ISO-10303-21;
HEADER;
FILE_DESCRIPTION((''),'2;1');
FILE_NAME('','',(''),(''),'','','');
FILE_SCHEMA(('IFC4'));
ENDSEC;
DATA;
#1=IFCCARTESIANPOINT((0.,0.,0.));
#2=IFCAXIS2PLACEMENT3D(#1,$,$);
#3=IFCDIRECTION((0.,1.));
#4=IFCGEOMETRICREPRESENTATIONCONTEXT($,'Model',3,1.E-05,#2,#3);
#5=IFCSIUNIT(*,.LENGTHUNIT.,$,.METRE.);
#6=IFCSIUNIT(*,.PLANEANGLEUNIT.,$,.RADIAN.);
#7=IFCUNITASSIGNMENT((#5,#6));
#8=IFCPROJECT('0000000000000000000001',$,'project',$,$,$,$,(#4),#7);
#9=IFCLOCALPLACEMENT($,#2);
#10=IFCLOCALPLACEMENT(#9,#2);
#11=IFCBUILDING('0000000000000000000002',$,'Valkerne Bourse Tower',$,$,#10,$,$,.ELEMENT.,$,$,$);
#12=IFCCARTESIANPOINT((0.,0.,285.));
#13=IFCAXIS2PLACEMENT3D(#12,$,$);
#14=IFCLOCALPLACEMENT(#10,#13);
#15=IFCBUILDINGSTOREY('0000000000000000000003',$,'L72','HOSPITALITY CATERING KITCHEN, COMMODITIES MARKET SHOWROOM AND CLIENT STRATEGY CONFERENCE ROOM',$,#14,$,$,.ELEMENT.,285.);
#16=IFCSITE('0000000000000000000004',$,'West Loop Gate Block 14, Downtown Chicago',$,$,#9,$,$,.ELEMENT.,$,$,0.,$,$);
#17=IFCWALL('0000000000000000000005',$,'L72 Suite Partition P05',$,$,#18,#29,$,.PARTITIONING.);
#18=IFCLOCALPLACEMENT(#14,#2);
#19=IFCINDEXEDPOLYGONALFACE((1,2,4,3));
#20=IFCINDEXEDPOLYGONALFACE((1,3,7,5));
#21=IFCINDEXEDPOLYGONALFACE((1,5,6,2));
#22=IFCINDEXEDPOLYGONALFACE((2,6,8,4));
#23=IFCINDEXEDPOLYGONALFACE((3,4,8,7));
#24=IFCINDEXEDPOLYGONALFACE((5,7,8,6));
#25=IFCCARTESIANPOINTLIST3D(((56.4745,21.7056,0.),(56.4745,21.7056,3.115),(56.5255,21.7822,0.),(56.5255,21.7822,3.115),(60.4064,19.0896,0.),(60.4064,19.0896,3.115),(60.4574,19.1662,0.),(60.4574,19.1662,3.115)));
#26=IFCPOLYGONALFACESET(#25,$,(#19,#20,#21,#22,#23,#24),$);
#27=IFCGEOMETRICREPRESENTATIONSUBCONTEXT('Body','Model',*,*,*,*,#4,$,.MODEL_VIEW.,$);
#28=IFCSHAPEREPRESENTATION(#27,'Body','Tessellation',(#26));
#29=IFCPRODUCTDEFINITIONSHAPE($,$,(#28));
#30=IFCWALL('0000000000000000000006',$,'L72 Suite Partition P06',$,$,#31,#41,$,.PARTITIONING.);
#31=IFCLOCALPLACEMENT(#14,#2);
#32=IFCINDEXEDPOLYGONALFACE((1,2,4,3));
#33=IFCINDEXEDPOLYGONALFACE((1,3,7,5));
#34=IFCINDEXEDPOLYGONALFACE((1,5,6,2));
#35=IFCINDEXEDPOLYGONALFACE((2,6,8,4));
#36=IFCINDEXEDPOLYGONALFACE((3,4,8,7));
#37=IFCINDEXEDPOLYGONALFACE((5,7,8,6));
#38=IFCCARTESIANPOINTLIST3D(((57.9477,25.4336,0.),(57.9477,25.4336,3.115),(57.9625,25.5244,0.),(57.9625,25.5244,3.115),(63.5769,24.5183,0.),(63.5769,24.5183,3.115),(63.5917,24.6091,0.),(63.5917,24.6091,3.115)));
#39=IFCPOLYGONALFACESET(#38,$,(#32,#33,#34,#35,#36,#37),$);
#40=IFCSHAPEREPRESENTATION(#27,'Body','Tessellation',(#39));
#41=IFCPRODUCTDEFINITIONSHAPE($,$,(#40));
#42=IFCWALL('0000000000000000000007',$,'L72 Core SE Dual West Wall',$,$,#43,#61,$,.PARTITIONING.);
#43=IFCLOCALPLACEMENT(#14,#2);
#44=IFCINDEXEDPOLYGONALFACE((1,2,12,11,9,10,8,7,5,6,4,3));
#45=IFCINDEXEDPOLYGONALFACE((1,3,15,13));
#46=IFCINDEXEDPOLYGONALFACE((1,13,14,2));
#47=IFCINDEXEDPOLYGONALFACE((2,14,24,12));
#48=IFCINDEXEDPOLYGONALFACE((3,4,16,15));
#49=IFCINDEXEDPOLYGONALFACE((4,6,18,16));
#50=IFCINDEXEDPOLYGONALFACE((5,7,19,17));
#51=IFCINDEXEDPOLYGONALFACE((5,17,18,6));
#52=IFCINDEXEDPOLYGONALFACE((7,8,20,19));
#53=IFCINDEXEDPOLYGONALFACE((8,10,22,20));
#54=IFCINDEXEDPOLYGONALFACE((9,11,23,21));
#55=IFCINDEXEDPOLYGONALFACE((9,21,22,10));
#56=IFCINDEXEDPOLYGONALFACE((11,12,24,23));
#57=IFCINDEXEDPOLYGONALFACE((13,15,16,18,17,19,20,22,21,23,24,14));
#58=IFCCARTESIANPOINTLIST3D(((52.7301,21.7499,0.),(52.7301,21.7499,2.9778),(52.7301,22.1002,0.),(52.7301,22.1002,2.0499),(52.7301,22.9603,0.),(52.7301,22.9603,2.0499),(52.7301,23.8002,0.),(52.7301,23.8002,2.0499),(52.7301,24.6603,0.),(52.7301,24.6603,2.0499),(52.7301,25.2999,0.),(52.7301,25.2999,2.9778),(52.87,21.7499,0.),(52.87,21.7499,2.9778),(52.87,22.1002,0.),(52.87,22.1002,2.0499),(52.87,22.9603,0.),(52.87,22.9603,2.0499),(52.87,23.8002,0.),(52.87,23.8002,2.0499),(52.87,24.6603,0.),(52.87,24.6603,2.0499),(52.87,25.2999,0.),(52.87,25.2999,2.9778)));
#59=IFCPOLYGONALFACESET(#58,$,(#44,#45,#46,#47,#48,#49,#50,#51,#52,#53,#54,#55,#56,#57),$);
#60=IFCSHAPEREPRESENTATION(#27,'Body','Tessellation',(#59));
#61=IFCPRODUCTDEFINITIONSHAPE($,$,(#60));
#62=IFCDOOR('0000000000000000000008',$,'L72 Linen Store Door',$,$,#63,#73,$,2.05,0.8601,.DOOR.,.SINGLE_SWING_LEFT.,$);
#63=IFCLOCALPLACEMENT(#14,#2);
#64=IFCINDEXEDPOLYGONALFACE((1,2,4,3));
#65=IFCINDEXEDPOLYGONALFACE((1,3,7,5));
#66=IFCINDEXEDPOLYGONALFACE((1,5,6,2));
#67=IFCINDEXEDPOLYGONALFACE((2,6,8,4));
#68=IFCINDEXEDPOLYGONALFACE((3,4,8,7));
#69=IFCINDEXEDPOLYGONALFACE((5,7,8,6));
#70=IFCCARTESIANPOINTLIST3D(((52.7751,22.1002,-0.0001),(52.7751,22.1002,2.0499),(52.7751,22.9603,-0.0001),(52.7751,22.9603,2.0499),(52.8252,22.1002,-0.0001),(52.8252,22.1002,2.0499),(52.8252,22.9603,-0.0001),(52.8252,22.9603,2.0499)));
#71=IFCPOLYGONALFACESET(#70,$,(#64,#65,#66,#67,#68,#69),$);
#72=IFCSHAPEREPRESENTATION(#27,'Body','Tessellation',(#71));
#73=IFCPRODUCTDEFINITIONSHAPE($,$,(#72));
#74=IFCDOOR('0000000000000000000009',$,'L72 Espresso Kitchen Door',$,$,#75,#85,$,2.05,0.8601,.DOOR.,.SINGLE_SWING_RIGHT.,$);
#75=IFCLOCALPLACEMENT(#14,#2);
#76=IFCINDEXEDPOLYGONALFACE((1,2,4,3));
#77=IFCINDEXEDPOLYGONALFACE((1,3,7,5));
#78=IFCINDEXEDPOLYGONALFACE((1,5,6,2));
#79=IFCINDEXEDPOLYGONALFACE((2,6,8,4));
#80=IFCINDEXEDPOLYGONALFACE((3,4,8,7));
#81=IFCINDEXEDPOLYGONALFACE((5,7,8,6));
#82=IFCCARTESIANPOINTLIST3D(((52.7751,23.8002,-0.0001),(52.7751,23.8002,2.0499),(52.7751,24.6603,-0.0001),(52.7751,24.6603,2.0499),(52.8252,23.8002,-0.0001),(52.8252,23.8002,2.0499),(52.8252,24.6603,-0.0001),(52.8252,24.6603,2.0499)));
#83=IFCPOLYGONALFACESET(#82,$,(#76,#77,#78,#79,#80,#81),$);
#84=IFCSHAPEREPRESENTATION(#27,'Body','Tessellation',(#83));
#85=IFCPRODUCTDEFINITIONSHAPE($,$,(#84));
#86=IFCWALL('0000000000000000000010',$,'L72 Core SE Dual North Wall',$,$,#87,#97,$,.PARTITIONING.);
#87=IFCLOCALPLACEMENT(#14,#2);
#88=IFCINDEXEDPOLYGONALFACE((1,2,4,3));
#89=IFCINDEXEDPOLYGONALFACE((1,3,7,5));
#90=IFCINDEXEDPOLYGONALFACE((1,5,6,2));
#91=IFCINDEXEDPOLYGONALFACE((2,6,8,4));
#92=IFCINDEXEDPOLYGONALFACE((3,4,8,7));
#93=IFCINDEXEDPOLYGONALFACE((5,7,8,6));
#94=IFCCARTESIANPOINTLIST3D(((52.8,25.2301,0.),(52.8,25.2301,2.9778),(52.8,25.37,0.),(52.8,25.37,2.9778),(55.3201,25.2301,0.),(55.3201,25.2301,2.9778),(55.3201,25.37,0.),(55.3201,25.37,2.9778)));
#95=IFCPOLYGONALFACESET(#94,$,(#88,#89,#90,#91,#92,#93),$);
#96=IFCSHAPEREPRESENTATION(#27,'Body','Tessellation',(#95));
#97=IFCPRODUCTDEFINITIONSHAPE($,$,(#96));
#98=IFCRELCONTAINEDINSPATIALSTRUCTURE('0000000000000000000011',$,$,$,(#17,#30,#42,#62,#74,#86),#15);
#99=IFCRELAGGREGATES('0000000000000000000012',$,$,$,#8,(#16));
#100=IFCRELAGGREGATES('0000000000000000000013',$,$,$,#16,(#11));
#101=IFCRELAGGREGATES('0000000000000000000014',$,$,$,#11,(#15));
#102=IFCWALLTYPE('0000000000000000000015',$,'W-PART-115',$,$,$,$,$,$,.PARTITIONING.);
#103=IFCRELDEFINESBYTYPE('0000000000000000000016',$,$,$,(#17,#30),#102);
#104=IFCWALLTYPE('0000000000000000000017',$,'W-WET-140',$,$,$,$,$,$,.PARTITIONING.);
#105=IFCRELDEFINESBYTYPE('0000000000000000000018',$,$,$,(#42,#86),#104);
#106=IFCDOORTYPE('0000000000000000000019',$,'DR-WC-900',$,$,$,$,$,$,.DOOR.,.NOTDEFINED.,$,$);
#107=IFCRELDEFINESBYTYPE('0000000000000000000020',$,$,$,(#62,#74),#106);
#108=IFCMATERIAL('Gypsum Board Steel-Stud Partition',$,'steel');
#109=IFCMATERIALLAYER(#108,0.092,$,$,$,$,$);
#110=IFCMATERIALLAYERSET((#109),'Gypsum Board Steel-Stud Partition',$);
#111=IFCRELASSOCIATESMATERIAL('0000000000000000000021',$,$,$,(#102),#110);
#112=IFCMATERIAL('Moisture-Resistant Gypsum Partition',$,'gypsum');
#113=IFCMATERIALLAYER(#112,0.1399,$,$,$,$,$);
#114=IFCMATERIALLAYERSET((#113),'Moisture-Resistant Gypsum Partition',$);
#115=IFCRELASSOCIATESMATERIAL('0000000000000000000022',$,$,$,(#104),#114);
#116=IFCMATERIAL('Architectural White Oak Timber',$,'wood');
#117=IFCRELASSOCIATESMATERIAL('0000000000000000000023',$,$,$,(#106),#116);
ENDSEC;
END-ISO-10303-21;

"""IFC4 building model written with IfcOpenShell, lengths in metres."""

from ifc_helpers import new_model, si_unit, direction, frame, frame_2d, origin, place, context, subcontext, project, spatial, rectangle, extrude, material, layer, layer_set, type_object, element, fill, save


model = new_model("IFC4")

# Units and contexts
model_context = context("Model", 3, precision=1e-05, world=origin(), true_north=direction((0.0, 1.0)))
body_context = subcontext(model_context, "Body", "Model", "MODEL_VIEW")
ifc_project = project(units=[si_unit("LENGTHUNIT", "METRE"), si_unit("PLANEANGLEUNIT", "RADIAN")], contexts=[model_context])

# Site, building, storey
site_placement = place(None, origin())
site = spatial("IfcSite", under=ifc_project, at=site_placement, Name="West Loop Gate Block 14, Downtown Chicago", CompositionType="ELEMENT", RefElevation=0.0)
building_placement = place(site_placement, origin())
building = spatial("IfcBuilding", under=site, at=building_placement, Name="Valkerne Bourse Tower", CompositionType="ELEMENT")
storey_placement = place(building_placement, frame((0.0, 0.0, 285.0)))
storey = spatial("IfcBuildingStorey", under=building, at=storey_placement, Name="L72", Description="HOSPITALITY CATERING KITCHEN, COMMODITIES MARKET SHOWROOM AND CLIENT STRATEGY CONFERENCE ROOM", CompositionType="ELEMENT", Elevation=285.0)

# Shared definitions
ifc_material_1 = material(Name="Gypsum Board Steel-Stud Partition", Category="steel")

# Walls
ifc_layer_1 = layer(ifc_material_1, 0.092)
ifc_layer_set_1 = layer_set([ifc_layer_1], Name="Gypsum Board Steel-Stud Partition")
wall_type_1 = type_object("IfcWallType", Name="W-PART-115", PredefinedType="PARTITIONING", material=ifc_layer_set_1)
wall_1_placement = place(storey_placement, frame((56.5, 21.7439, 0.0), z_axis=(0.0, 0.0, 1.0), x_axis=(0.832567, -0.553925, 0.0)))
element("IfcWall", 1, at=wall_1_placement, inside=storey, type_object=wall_type_1, Name="L72 Suite Partition P05", PredefinedType="PARTITIONING", context=body_context, shape_type="SweptSolid", body=[
    extrude(rectangle(XDim=4.7227, YDim=0.092, at=frame_2d((2.3613, 0.0))), origin(), (0.0, 0.0, 1.0), 3.115),
])
wall_2_placement = place(storey_placement, frame((57.9551, 25.479, 0.0), z_axis=(0.0, 0.0, 1.0), x_axis=(0.987038, -0.160489, 0.0)))
element("IfcWall", 2, at=wall_2_placement, inside=storey, type_object=wall_type_1, Name="L72 Suite Partition P06", PredefinedType="PARTITIONING", context=body_context, shape_type="SweptSolid", body=[
    extrude(rectangle(XDim=5.7031, YDim=0.092, at=frame_2d((2.8516, 0.0))), origin(), (0.0, 0.0, 1.0), 3.115),
])

# Wall, openings, doors
ifc_material_2 = material(Name="Moisture-Resistant Gypsum Partition", Category="gypsum")
ifc_layer_2 = layer(ifc_material_2, 0.1399)
ifc_layer_set_2 = layer_set([ifc_layer_2], Name="Moisture-Resistant Gypsum Partition")
wall_type_2 = type_object("IfcWallType", Name="W-WET-140", PredefinedType="PARTITIONING", material=ifc_layer_set_2)
wall_3_placement = place(storey_placement, frame((52.8, 21.75, 0.0), z_axis=(0.0, 0.0, 1.0), x_axis=(0.0, 1.0, 0.0)))
wall_3 = element("IfcWall", 3, at=wall_3_placement, inside=storey, type_object=wall_type_2, Name="L72 Core SE Dual West Wall", PredefinedType="PARTITIONING", context=body_context, shape_type="SweptSolid", body=[
    extrude(rectangle(XDim=3.55, YDim=0.1399, at=frame_2d((1.7749, 0.0))), origin(), (0.0, 0.0, 1.0), 2.9778),
])
opening_1_placement = place(wall_3_placement, frame((0.3501, 0.0, 0.0)))
opening_1 = element("IfcOpeningElement", 4, at=opening_1_placement, cuts=wall_3, PredefinedType="OPENING", context=body_context, shape_type="SweptSolid", body=[
    extrude(rectangle(XDim=0.8601, YDim=2.05, at=frame_2d((0.4302, 1.0249))), frame((0.0, 0.0798, 0.0), z_axis=(0.0, -1.0, 0.0), x_axis=(1.0, 0.0, 0.0)), (0.0, 0.0, 1.0), 0.1599),
])
opening_2_placement = place(wall_3_placement, frame((2.05, 0.0, 0.0)))
opening_2 = element("IfcOpeningElement", 5, at=opening_2_placement, cuts=wall_3, PredefinedType="OPENING", context=body_context, shape_type="SweptSolid", body=[
    extrude(rectangle(XDim=0.8601, YDim=2.05, at=frame_2d((0.4302, 1.0249))), frame((0.0, 0.0798, 0.0), z_axis=(0.0, -1.0, 0.0), x_axis=(1.0, 0.0, 0.0)), (0.0, 0.0, 1.0), 0.1599),
])
ifc_material_3 = material(Name="Architectural White Oak Timber", Category="wood")
door_type_1 = type_object("IfcDoorType", Name="DR-WC-900", OperationType="NOTDEFINED", PredefinedType="DOOR", material=ifc_material_3)
door_1_placement = place(opening_1_placement, origin())
door_1 = element("IfcDoor", 6, at=door_1_placement, inside=storey, type_object=door_type_1, Name="L72 Linen Store Door", OperationType="SINGLE_SWING_LEFT", OverallHeight=2.05, OverallWidth=0.8601, PredefinedType="DOOR", context=body_context, shape_type="SweptSolid", body=[
    extrude(rectangle(XDim=0.8601, YDim=2.05, at=frame_2d((0.4302, 1.0249))), frame((0.0, 0.0249, 0.0), z_axis=(0.0, -1.0, 0.0), x_axis=(1.0, 0.0, 0.0)), (0.0, 0.0, 1.0), 0.05),
])
fill(opening_1, door_1)
door_2_placement = place(opening_2_placement, origin())
door_2 = element("IfcDoor", 7, at=door_2_placement, inside=storey, type_object=door_type_1, Name="L72 Espresso Kitchen Door", OperationType="SINGLE_SWING_RIGHT", OverallHeight=2.05, OverallWidth=0.8601, PredefinedType="DOOR", context=body_context, shape_type="SweptSolid", body=[
    extrude(rectangle(XDim=0.8601, YDim=2.05, at=frame_2d((0.4302, 1.0249))), frame((0.0, 0.0249, 0.0), z_axis=(0.0, -1.0, 0.0), x_axis=(1.0, 0.0, 0.0)), (0.0, 0.0, 1.0), 0.05),
])
fill(opening_2, door_2)

# Wall
wall_4_placement = place(storey_placement, frame((52.8, 25.3, 0.0), z_axis=(0.0, 0.0, 1.0), x_axis=(1.0, 0.0, 0.0)))
element("IfcWall", 8, at=wall_4_placement, inside=storey, type_object=wall_type_2, Name="L72 Core SE Dual North Wall", PredefinedType="PARTITIONING", context=body_context, shape_type="SweptSolid", body=[
    extrude(rectangle(XDim=2.52, YDim=0.1399, at=frame_2d((1.26, 0.0))), origin(), (0.0, 0.0, 1.0), 2.9778),
])

save(model, "model.ifc")
